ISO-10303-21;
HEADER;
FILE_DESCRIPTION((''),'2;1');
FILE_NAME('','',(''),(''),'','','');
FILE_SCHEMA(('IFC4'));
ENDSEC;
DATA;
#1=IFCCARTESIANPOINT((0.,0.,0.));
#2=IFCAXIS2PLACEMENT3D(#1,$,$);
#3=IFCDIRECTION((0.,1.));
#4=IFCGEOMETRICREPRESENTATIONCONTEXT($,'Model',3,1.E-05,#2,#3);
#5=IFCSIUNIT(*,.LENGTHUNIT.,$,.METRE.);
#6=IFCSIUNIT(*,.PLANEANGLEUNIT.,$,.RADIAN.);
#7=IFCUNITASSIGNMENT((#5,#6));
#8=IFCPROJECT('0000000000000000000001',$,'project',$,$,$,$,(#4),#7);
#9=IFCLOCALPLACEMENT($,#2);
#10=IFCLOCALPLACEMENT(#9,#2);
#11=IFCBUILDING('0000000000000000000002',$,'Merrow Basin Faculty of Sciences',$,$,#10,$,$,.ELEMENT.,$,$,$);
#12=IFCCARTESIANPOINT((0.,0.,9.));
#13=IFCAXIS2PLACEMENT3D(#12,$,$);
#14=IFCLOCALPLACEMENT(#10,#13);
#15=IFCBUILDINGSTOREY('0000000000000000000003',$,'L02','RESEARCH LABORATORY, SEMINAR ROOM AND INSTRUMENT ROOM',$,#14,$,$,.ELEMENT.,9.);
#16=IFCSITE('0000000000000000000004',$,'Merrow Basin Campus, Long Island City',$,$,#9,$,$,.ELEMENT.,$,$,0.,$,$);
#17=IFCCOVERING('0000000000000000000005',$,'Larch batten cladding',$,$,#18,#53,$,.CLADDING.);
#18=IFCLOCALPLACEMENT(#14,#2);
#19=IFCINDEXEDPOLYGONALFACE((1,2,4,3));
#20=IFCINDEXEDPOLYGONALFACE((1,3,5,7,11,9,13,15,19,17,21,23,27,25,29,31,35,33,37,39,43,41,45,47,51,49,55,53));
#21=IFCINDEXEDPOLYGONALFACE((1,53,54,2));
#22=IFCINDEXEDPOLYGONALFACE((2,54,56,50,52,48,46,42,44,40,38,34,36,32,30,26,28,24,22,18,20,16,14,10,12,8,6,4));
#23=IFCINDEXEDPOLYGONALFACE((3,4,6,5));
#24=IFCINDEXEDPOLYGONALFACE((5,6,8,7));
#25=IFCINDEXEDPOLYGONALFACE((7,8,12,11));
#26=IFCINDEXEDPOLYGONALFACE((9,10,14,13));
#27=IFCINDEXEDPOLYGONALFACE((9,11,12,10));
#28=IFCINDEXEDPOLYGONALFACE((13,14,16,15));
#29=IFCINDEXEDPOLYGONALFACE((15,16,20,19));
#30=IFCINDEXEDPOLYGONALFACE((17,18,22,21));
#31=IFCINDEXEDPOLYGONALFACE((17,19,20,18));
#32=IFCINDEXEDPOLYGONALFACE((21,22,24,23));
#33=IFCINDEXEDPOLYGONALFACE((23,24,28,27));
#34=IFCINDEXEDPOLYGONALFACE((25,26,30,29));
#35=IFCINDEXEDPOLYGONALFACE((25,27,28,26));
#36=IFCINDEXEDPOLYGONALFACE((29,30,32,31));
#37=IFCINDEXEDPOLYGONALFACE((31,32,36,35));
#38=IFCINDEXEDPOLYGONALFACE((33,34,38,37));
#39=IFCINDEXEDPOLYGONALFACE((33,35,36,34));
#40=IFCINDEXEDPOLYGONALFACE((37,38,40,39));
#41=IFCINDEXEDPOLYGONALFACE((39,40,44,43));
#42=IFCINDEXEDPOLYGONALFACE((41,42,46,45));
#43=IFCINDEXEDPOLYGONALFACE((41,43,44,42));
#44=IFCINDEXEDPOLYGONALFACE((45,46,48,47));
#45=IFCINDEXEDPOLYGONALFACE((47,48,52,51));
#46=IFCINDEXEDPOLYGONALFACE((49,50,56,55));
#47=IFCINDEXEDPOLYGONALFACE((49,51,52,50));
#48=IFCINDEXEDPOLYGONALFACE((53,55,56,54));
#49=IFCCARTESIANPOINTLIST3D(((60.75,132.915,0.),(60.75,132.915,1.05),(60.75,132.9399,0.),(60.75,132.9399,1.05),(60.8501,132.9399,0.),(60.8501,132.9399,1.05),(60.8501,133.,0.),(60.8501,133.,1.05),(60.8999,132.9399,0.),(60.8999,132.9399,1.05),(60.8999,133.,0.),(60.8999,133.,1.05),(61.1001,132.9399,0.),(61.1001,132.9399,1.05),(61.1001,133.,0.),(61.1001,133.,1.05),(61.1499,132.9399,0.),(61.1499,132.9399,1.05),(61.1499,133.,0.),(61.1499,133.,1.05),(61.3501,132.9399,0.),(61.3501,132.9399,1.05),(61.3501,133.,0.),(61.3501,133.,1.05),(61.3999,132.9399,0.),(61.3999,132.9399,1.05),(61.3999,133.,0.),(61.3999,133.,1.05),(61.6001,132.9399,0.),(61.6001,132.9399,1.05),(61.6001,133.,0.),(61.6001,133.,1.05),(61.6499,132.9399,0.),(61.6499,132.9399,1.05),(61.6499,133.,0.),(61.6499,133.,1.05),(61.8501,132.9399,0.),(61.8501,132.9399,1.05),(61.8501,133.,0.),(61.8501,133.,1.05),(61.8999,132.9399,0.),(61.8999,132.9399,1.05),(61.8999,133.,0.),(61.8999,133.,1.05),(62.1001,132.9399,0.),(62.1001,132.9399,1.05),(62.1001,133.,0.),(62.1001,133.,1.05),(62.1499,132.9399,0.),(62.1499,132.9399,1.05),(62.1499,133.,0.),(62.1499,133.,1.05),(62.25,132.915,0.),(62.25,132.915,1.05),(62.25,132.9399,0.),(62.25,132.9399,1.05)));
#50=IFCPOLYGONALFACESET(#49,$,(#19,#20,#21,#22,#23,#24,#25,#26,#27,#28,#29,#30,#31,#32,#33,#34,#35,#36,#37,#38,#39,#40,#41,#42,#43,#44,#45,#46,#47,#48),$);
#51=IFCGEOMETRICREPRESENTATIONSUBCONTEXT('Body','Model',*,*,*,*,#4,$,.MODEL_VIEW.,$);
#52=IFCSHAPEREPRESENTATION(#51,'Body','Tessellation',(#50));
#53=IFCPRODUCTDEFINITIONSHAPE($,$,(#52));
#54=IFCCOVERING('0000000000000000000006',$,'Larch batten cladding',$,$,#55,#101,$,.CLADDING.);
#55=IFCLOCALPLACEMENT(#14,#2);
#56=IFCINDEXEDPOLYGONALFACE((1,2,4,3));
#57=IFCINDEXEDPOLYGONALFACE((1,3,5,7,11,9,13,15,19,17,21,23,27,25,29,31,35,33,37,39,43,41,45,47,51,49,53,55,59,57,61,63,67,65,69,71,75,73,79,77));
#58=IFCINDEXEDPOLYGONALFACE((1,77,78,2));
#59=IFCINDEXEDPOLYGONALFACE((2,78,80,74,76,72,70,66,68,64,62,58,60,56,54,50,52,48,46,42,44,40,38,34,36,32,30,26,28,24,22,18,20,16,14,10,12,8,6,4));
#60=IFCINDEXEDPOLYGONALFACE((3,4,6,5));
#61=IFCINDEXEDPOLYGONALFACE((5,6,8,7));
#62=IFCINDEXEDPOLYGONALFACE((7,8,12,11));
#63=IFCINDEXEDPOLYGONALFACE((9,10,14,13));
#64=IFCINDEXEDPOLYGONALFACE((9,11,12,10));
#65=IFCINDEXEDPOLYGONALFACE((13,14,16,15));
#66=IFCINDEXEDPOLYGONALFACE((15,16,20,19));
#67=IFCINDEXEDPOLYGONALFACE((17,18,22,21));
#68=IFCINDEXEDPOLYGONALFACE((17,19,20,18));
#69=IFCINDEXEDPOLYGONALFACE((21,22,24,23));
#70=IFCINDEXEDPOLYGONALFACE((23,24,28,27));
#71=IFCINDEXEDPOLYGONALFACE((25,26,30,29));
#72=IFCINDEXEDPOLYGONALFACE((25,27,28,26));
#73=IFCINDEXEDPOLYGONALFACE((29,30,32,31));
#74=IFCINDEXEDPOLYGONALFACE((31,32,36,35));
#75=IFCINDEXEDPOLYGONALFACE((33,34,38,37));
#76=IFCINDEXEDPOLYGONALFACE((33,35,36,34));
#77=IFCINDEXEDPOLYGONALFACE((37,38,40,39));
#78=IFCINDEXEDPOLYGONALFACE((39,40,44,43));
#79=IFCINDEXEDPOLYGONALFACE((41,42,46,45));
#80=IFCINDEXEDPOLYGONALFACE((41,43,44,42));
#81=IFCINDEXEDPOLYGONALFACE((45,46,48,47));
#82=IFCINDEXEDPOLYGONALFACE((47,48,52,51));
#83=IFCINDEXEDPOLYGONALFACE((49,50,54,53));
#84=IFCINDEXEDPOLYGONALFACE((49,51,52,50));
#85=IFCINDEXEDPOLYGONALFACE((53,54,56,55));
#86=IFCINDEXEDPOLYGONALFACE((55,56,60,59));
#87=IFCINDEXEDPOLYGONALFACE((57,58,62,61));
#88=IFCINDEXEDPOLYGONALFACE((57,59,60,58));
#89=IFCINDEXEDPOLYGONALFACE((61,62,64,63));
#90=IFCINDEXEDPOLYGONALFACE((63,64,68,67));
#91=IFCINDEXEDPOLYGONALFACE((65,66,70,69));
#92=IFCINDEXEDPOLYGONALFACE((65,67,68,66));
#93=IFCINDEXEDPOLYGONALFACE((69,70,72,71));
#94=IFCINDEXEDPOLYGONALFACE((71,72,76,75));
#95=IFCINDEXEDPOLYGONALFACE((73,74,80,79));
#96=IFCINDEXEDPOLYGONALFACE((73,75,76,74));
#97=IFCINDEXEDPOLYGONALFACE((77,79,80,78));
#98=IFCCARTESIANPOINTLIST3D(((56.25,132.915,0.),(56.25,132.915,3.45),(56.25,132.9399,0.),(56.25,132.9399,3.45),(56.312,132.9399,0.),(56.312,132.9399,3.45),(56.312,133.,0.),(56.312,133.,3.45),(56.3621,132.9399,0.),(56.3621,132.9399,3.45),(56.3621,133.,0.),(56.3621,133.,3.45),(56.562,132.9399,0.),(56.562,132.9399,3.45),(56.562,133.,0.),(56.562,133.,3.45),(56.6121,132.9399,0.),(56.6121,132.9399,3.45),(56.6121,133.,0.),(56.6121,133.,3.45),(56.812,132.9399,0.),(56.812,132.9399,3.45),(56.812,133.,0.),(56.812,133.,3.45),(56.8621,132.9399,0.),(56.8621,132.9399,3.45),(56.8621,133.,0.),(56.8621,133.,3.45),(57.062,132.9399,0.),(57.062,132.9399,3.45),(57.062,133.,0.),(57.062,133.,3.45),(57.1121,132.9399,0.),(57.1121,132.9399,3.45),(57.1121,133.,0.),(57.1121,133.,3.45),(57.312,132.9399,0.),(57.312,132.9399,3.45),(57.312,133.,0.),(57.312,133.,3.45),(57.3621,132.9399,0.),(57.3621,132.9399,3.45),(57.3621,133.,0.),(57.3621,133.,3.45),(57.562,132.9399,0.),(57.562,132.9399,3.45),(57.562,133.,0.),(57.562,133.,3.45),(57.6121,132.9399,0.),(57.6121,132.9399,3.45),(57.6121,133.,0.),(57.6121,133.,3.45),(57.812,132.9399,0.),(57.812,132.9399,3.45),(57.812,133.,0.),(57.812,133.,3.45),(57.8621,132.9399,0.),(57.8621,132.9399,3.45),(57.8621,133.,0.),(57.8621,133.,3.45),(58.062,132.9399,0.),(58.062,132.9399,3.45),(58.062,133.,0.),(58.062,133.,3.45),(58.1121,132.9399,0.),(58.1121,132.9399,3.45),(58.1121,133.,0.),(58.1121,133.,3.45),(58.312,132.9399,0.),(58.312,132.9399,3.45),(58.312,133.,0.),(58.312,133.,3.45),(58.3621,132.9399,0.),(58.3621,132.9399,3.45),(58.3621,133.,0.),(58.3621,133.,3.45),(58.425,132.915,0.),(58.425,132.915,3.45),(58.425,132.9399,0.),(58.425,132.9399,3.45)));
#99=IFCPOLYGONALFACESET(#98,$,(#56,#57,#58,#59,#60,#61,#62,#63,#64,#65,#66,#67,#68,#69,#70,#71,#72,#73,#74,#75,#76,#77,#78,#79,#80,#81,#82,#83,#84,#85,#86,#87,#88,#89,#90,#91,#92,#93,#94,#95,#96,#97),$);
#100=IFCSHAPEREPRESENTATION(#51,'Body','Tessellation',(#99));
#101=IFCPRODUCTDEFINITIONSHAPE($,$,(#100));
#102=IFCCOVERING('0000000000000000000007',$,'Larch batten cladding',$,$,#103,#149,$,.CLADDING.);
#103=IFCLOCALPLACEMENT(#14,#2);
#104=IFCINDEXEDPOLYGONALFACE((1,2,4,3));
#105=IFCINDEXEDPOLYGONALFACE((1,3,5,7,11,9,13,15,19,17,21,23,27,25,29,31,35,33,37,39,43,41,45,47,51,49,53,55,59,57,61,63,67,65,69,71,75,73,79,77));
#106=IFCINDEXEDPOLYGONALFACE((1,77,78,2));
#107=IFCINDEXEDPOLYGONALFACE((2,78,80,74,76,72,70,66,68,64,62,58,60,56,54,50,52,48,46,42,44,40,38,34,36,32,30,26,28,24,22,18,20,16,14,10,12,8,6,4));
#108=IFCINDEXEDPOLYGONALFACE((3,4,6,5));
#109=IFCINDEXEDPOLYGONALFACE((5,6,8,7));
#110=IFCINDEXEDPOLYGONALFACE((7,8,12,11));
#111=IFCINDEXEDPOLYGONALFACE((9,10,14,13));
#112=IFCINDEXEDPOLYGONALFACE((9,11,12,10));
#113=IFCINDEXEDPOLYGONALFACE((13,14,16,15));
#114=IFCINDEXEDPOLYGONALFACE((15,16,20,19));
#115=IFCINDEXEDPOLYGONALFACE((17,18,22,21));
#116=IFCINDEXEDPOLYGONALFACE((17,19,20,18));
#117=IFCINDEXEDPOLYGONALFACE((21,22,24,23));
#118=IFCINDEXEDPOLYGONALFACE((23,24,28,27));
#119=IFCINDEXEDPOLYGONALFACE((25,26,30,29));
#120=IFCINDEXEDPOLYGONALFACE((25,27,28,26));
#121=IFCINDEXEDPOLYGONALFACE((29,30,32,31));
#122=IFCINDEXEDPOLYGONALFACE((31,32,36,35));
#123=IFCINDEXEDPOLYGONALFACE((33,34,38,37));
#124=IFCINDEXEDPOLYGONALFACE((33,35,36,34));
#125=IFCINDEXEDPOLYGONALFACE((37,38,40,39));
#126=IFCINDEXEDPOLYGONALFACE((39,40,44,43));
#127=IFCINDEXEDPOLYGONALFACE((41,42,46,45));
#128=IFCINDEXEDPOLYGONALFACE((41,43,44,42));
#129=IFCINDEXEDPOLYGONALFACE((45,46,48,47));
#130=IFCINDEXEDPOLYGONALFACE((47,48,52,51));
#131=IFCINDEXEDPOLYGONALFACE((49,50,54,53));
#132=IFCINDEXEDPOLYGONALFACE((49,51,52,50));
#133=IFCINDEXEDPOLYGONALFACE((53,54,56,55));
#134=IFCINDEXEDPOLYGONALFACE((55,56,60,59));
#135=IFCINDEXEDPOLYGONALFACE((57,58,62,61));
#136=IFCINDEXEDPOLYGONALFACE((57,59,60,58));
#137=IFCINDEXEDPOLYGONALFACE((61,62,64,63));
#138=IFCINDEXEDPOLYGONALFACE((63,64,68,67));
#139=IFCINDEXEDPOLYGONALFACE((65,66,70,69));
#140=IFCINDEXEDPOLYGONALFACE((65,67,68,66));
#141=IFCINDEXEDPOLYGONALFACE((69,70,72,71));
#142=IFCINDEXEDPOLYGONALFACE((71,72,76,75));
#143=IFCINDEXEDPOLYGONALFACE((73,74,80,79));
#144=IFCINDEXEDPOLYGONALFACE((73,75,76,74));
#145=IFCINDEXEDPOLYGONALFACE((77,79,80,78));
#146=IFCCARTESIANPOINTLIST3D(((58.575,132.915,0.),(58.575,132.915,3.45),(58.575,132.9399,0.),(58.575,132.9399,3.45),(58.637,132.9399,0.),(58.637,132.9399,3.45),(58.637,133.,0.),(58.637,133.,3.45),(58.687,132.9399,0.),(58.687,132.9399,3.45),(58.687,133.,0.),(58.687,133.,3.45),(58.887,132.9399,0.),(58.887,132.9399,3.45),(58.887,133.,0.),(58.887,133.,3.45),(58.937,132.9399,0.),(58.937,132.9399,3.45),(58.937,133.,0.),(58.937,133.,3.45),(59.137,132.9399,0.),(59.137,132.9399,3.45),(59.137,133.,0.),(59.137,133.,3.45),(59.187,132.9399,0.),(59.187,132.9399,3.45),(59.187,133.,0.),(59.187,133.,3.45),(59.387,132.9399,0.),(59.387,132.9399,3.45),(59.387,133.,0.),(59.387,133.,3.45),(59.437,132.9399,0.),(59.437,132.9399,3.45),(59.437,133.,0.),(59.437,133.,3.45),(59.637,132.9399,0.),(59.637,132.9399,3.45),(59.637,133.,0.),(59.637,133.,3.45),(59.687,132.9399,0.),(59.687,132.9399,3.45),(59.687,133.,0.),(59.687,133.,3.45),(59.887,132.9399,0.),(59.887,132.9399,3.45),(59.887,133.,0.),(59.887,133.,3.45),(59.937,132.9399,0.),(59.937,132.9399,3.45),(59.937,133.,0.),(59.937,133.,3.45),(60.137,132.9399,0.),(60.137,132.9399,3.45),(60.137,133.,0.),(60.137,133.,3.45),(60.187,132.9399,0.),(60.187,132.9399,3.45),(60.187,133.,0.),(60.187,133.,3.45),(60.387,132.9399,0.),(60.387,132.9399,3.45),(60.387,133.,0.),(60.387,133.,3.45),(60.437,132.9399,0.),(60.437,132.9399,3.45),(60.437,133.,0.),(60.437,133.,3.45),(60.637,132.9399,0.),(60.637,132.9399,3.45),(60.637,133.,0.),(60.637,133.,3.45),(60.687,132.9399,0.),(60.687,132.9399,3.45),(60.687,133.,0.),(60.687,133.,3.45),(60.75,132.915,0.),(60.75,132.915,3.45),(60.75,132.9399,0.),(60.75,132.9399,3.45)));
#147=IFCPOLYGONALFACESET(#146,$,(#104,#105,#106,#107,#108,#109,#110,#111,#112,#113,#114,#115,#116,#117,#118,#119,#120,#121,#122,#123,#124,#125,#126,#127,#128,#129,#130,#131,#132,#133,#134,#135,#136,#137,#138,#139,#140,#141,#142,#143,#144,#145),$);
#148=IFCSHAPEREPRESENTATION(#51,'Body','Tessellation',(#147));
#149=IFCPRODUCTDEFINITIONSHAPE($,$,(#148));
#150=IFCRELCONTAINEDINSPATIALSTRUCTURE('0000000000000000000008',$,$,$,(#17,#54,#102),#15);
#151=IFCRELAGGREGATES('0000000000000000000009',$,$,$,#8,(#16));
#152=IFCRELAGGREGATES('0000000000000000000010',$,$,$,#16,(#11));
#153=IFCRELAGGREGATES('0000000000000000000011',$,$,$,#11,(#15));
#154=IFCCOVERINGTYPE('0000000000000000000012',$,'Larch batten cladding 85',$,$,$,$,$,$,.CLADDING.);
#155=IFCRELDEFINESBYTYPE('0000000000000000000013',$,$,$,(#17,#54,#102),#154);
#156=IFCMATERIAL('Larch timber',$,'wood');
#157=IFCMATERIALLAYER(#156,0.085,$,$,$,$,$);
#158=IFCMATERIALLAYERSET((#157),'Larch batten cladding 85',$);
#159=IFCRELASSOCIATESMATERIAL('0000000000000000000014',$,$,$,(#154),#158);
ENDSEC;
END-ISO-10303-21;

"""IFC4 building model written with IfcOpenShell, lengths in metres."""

from ifc_helpers import new_model, si_unit, direction, frame, origin, place, context, subcontext, project, spatial, polyline, outline, extrude, source, transform, mapped, material, layer, layer_set, type_object, element, save


model = new_model("IFC4")

# Units and contexts
model_context = context("Model", 3, precision=1e-05, world=origin(), true_north=direction((0.0, 1.0)))
body_context = subcontext(model_context, "Body", "Model", "MODEL_VIEW")
ifc_project = project(units=[si_unit("LENGTHUNIT", "METRE"), si_unit("PLANEANGLEUNIT", "RADIAN")], contexts=[model_context])

# Site, building, storey
site_placement = place(None, origin())
site = spatial("IfcSite", under=ifc_project, at=site_placement, Name="Merrow Basin Campus, Long Island City", CompositionType="ELEMENT", RefElevation=0.0)
building_placement = place(site_placement, origin())
building = spatial("IfcBuilding", under=site, at=building_placement, Name="Merrow Basin Faculty of Sciences", CompositionType="ELEMENT")
storey_placement = place(building_placement, frame((0.0, 0.0, 9.0)))
storey = spatial("IfcBuildingStorey", under=building, at=storey_placement, Name="L02", Description="RESEARCH LABORATORY, SEMINAR ROOM AND INSTRUMENT ROOM", CompositionType="ELEMENT", Elevation=9.0)

# Coverings
ifc_material_1 = material(Name="Larch timber", Category="wood")
ifc_layer_1 = layer(ifc_material_1, 0.085)
ifc_layer_set_1 = layer_set([ifc_layer_1], Name="Larch batten cladding 85")
covering_type_1 = type_object("IfcCoveringType", Name="Larch batten cladding 85", PredefinedType="CLADDING", material=ifc_layer_set_1)
shared_shape_1 = source(origin(), body_context, "Body", "SweptSolid", [
    extrude(outline(polyline([(0.0, 0.0), (1.5, 0.0), (1.5, 0.0249), (1.3999, 0.0249), (1.3999, 0.085), (1.3501, 0.085), (1.3501, 0.0249), (1.1499, 0.0249), (1.1499, 0.085), (1.1001, 0.085), (1.1001, 0.0249), (0.8999, 0.0249), (0.8999, 0.085), (0.8501, 0.085), (0.8501, 0.0249), (0.6499, 0.0249), (0.6499, 0.085), (0.6001, 0.085), (0.6001, 0.0249), (0.3999, 0.0249), (0.3999, 0.085), (0.3501, 0.085), (0.3501, 0.0249), (0.1499, 0.0249), (0.1499, 0.085), (0.1001, 0.085), (0.1001, 0.0249), (0.0, 0.0249), (0.0, 0.0)])), origin(), (0.0, 0.0, 1.0), 1.05),
])
for number, where, z_axis, x_axis, name in (
    (1, (60.75, 132.915, 0.0), (0.0, 0.0, 1.0), (1.0, 0.0, 0.0), "Larch batten cladding"),
):
    element("IfcCovering", number, at=place(storey_placement, frame(where, z_axis=z_axis, x_axis=x_axis)), inside=storey, type_object=covering_type_1, Name=name, PredefinedType="CLADDING", context=body_context, shape_type="MappedRepresentation", body=[
        mapped(shared_shape_1, transform((0.0, 0.0, 0.0), scale=1.0)),
    ])
shared_shape_2 = source(origin(), body_context, "Body", "SweptSolid", [
    extrude(outline(polyline([(0.0, 0.0), (2.175, 0.0), (2.175, 0.0249), (2.1121, 0.0249), (2.1121, 0.085), (2.062, 0.085), (2.062, 0.0249), (1.8621, 0.0249), (1.8621, 0.085), (1.812, 0.085), (1.812, 0.0249), (1.6121, 0.0249), (1.6121, 0.085), (1.562, 0.085), (1.562, 0.0249), (1.3621, 0.0249), (1.3621, 0.085), (1.312, 0.085), (1.312, 0.0249), (1.1121, 0.0249), (1.1121, 0.085), (1.062, 0.085), (1.062, 0.0249), (0.8621, 0.0249), (0.8621, 0.085), (0.812, 0.085), (0.812, 0.0249), (0.6121, 0.0249), (0.6121, 0.085), (0.562, 0.085), (0.562, 0.0249), (0.3621, 0.0249), (0.3621, 0.085), (0.312, 0.085), (0.312, 0.0249), (0.1121, 0.0249), (0.1121, 0.085), (0.062, 0.085), (0.062, 0.0249), (0.0, 0.0249), (0.0, 0.0)])), origin(), (0.0, 0.0, 1.0), 3.45),
])
for number, where, z_axis, x_axis, name in (
    (2, (56.25, 132.915, 0.0), (0.0, 0.0, 1.0), (1.0, 0.0, 0.0), "Larch batten cladding"),
    (3, (58.575, 132.915, 0.0), (0.0, 0.0, 1.0), (1.0, 0.0, 0.0), "Larch batten cladding"),
):
    element("IfcCovering", number, at=place(storey_placement, frame(where, z_axis=z_axis, x_axis=x_axis)), inside=storey, type_object=covering_type_1, Name=name, PredefinedType="CLADDING", context=body_context, shape_type="MappedRepresentation", body=[
        mapped(shared_shape_2, transform((0.0, 0.0, 0.0), scale=1.0)),
    ])

save(model, "model.ifc")
